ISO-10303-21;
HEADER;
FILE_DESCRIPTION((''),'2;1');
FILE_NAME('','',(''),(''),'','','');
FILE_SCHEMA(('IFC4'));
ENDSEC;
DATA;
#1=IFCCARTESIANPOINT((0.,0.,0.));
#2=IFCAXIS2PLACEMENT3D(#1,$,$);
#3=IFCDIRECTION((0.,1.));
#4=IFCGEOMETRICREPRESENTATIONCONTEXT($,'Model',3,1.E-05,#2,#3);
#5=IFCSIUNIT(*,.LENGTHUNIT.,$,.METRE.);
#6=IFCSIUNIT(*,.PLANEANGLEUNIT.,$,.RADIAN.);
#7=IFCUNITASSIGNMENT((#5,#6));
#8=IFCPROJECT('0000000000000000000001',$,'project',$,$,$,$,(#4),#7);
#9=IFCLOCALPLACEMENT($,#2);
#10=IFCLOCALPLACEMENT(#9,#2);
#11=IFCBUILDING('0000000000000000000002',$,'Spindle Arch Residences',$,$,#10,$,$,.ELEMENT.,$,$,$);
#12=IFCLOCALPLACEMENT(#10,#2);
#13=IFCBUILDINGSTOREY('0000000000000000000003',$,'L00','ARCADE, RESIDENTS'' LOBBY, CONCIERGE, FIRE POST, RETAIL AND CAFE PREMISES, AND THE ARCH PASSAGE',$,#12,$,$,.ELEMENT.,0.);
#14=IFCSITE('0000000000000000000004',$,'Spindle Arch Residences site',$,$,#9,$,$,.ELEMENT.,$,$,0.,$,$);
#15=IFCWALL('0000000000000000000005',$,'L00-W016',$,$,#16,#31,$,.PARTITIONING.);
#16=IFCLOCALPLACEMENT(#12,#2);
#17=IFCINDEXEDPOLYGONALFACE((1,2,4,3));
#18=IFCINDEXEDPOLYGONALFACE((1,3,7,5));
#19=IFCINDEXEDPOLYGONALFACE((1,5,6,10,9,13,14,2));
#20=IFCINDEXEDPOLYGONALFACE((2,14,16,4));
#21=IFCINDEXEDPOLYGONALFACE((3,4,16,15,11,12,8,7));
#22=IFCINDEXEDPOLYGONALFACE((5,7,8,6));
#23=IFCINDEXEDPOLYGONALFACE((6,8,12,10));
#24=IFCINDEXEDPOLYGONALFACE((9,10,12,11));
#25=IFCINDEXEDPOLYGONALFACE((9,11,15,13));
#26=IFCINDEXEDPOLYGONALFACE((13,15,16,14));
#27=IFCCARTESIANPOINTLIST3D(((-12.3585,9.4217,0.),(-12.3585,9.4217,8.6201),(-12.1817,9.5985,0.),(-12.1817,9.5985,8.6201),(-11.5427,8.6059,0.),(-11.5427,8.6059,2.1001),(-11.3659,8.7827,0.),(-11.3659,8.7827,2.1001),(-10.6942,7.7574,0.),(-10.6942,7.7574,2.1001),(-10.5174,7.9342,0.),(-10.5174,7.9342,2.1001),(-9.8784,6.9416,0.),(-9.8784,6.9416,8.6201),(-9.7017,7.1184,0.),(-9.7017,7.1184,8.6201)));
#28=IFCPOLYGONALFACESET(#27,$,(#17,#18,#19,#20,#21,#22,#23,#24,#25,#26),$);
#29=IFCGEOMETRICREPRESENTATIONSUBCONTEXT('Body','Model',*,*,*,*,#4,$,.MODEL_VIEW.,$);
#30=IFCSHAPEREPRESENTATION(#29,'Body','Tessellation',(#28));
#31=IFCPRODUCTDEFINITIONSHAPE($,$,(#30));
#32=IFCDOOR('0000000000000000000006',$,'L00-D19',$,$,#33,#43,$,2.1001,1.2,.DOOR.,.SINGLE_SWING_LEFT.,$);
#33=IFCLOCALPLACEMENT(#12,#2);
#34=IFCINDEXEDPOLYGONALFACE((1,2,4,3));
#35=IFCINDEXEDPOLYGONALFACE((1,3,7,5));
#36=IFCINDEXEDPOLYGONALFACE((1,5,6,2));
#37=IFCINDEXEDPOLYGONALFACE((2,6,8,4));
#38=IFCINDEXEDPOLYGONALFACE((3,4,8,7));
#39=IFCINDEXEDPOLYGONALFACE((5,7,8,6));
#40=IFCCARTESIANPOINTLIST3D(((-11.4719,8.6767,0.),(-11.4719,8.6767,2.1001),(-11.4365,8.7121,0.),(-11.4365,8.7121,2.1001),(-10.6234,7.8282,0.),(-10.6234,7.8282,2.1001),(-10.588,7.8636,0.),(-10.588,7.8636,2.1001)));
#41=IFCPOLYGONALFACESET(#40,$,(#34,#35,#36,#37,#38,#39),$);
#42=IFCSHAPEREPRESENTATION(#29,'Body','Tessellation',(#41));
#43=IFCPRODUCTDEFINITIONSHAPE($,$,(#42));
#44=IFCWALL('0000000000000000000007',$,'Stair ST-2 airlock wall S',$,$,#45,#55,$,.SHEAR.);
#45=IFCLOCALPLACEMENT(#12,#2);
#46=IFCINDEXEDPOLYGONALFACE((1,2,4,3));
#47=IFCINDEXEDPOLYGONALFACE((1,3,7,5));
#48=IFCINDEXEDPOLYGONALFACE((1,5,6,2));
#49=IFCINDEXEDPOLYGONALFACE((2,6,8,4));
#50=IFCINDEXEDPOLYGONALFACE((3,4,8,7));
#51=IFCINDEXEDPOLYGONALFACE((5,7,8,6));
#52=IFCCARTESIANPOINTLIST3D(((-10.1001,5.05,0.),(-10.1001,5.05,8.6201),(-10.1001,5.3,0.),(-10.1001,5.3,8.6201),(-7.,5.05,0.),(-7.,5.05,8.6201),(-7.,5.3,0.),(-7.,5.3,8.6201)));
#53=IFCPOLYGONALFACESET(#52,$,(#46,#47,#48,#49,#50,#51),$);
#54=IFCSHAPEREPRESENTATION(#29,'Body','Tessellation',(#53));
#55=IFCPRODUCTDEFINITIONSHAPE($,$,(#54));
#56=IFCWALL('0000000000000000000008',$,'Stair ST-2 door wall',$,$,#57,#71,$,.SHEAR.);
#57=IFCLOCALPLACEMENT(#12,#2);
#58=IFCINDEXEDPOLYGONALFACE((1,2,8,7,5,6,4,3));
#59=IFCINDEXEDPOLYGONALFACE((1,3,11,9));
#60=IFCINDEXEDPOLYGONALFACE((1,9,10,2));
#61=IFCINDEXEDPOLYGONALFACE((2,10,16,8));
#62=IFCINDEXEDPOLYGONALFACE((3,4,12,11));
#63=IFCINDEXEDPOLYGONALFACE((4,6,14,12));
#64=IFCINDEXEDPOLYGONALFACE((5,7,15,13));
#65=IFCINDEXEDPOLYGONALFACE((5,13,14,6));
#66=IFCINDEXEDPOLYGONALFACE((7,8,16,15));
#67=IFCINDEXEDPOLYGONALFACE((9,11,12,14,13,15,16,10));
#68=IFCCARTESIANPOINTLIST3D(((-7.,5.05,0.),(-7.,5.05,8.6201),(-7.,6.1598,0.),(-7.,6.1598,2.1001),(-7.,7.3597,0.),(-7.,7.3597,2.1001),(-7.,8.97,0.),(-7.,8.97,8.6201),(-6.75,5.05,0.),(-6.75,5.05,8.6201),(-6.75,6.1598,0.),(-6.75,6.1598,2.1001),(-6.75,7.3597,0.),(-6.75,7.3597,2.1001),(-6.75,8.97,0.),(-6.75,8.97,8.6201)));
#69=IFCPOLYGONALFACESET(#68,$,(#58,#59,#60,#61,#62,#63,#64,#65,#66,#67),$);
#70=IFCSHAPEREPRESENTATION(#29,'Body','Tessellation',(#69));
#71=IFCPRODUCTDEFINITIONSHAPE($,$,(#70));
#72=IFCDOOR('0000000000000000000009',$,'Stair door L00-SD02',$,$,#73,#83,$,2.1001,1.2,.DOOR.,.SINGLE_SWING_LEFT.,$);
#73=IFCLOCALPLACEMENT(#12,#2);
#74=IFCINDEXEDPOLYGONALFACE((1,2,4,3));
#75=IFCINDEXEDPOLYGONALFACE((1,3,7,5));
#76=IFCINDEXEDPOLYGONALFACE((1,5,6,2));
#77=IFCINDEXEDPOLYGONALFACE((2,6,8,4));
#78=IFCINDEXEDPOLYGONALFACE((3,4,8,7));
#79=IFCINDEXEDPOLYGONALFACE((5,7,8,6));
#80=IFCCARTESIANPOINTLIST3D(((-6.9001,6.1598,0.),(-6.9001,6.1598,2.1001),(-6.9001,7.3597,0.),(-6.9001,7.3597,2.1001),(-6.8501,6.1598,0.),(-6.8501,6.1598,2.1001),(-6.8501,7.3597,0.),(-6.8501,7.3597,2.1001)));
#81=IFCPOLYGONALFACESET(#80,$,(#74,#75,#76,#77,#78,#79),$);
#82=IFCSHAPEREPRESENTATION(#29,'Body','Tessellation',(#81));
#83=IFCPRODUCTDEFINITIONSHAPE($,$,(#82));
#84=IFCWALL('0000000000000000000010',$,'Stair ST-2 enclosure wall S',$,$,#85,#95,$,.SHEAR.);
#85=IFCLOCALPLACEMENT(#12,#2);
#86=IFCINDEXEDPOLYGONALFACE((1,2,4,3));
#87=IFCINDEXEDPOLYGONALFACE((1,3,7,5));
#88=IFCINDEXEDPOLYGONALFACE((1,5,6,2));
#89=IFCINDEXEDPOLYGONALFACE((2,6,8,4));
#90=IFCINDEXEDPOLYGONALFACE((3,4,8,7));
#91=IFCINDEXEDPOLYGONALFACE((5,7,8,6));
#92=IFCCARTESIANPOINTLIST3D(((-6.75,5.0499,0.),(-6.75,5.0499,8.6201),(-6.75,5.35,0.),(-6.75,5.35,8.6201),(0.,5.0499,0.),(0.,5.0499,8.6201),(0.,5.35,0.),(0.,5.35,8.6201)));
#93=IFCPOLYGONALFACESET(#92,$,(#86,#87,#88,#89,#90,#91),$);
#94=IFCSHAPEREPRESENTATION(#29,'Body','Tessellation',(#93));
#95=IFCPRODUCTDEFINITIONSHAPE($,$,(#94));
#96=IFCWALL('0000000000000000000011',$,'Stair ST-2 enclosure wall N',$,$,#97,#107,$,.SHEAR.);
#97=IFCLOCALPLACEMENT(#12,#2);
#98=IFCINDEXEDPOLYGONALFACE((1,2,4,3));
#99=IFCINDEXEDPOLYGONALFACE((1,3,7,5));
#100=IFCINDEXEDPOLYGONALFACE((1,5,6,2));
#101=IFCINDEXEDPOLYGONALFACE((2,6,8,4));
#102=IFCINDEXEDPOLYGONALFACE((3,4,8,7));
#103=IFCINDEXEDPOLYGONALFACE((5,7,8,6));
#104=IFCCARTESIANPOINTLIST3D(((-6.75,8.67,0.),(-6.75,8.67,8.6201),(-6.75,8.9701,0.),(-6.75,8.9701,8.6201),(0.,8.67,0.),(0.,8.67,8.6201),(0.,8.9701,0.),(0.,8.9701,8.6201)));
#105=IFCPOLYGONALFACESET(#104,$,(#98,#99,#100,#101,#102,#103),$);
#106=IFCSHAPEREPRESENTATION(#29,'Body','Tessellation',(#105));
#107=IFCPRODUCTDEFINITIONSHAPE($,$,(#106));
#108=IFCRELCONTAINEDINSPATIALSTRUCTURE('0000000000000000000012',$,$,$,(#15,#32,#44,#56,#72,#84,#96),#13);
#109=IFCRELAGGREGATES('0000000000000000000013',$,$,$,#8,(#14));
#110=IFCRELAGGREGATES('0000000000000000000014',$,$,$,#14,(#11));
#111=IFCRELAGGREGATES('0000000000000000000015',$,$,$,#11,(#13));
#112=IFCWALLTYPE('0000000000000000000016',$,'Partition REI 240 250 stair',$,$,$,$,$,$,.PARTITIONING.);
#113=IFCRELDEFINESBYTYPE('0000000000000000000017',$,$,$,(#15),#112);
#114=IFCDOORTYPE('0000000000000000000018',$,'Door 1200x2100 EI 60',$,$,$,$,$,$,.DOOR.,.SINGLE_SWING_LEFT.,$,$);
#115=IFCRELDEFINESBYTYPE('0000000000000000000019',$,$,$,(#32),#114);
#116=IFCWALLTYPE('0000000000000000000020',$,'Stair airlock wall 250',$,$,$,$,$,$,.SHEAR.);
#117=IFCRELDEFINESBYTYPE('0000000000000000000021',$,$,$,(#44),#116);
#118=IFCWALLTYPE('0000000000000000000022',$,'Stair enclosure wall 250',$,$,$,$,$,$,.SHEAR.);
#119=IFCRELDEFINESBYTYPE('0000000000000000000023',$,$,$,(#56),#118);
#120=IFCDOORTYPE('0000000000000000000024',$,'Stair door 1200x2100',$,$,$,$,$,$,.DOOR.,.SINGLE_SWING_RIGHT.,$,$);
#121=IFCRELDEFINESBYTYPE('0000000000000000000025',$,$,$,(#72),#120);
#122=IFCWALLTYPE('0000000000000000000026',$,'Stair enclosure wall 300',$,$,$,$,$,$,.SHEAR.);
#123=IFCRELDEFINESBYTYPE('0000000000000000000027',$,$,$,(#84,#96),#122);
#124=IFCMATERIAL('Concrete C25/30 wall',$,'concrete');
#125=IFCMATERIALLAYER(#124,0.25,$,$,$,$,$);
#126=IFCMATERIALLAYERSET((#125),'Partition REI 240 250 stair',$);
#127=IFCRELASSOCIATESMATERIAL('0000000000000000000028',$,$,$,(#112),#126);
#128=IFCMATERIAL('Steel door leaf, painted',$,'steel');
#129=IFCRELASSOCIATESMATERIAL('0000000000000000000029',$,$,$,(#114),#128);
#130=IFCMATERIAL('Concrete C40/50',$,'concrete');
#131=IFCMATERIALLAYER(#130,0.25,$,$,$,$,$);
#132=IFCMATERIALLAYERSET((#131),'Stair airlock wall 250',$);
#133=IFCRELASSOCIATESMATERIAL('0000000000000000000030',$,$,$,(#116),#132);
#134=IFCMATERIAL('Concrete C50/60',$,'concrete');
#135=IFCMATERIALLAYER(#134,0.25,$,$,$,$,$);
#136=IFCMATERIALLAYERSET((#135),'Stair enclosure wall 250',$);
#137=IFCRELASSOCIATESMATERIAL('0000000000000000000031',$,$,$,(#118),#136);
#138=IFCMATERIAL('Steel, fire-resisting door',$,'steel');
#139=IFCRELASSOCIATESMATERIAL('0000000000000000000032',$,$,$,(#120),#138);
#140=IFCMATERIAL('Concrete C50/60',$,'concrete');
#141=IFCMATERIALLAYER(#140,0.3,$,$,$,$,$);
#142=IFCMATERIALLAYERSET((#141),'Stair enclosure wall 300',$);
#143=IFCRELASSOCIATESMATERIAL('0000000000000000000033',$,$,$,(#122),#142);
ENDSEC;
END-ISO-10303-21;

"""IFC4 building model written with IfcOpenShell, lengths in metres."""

from ifc_helpers import new_model, si_unit, direction, frame, frame_2d, origin, place, context, subcontext, project, spatial, rectangle, extrude, material, layer, layer_set, type_object, element, fill, save


model = new_model("IFC4")

# Units and contexts
model_context = context("Model", 3, precision=1e-05, world=origin(), true_north=direction((0.0, 1.0)))
body_context = subcontext(model_context, "Body", "Model", "MODEL_VIEW")
ifc_project = project(units=[si_unit("LENGTHUNIT", "METRE"), si_unit("PLANEANGLEUNIT", "RADIAN")], contexts=[model_context])

# Site, building, storey
site_placement = place(None, origin())
site = spatial("IfcSite", under=ifc_project, at=site_placement, Name="Spindle Arch Residences site", CompositionType="ELEMENT", RefElevation=0.0)
building_placement = place(site_placement, origin())
building = spatial("IfcBuilding", under=site, at=building_placement, Name="Spindle Arch Residences", CompositionType="ELEMENT")
storey_placement = place(building_placement, origin())
storey = spatial("IfcBuildingStorey", under=building, at=storey_placement, Name="L00", Description="ARCADE, RESIDENTS' LOBBY, CONCIERGE, FIRE POST, RETAIL AND CAFE PREMISES, AND THE ARCH PASSAGE", CompositionType="ELEMENT", Elevation=0.0)

# Wall, opening, door
ifc_material_1 = material(Name="Concrete C25/30 wall", Category="concrete")
ifc_layer_1 = layer(ifc_material_1, 0.25)
ifc_layer_set_1 = layer_set([ifc_layer_1], Name="Partition REI 240 250 stair")
wall_type_1 = type_object("IfcWallType", Name="Partition REI 240 250 stair", PredefinedType="PARTITIONING", material=ifc_layer_set_1)
ifc_material_2 = material(Name="Steel door leaf, painted", Category="steel")
door_type_1 = type_object("IfcDoorType", Name="Door 1200x2100 EI 60", OperationType="SINGLE_SWING_LEFT", PredefinedType="DOOR", material=ifc_material_2)
wall_1_placement = place(storey_placement, frame((-9.79, 7.03, 0.0), z_axis=(0.0, 0.0, 1.0), x_axis=(-0.707107, 0.707107, 0.0)))
wall_1 = element("IfcWall", 1, at=wall_1_placement, inside=storey, type_object=wall_type_1, Name="L00-W016", PredefinedType="PARTITIONING", context=body_context, shape_type="SweptSolid", body=[
    extrude(rectangle(XDim=3.5073, YDim=0.25, at=frame_2d((1.7537, 0.0))), origin(), (0.0, 0.0, 1.0), 8.6201),
])
opening_1_placement = place(wall_1_placement, frame((1.1536, 0.0, 0.0)))
opening_1 = element("IfcOpeningElement", 2, at=opening_1_placement, cuts=wall_1, PredefinedType="OPENING", context=body_context, shape_type="SweptSolid", body=[
    extrude(rectangle(XDim=1.2, YDim=2.1001, at=frame_2d((0.6001, 1.05))), frame((0.0, 0.135, 0.0), z_axis=(0.0, -1.0, 0.0), x_axis=(1.0, 0.0, 0.0)), (0.0, 0.0, 1.0), 0.27),
])
door_1_placement = place(opening_1_placement, origin())
door_1 = element("IfcDoor", 3, at=door_1_placement, inside=storey, type_object=door_type_1, Name="L00-D19", OperationType="SINGLE_SWING_LEFT", OverallHeight=2.1001, OverallWidth=1.2, PredefinedType="DOOR", context=body_context, shape_type="SweptSolid", body=[
    extrude(rectangle(XDim=1.2, YDim=2.1001, at=frame_2d((0.6001, 1.05))), frame((0.0, 0.0249, 0.0), z_axis=(0.0, -1.0, 0.0), x_axis=(1.0, 0.0, 0.0)), (0.0, 0.0, 1.0), 0.05),
])
fill(opening_1, door_1)

# Wall
ifc_material_3 = material(Name="Concrete C40/50", Category="concrete")
ifc_layer_2 = layer(ifc_material_3, 0.25)
ifc_layer_set_2 = layer_set([ifc_layer_2], Name="Stair airlock wall 250")
wall_type_2 = type_object("IfcWallType", Name="Stair airlock wall 250", PredefinedType="SHEAR", material=ifc_layer_set_2)
wall_2_placement = place(storey_placement, frame((-7.0, 5.175, 0.0), z_axis=(0.0, 0.0, 1.0), x_axis=(-1.0, 0.0, 0.0)))
element("IfcWall", 4, at=wall_2_placement, inside=storey, type_object=wall_type_2, Name="Stair ST-2 airlock wall S", PredefinedType="SHEAR", context=body_context, shape_type="SweptSolid", body=[
    extrude(rectangle(XDim=3.1001, YDim=0.25, at=frame_2d((1.55, 0.0))), origin(), (0.0, 0.0, 1.0), 8.6201),
])

# Wall, opening, door
ifc_material_4 = material(Name="Concrete C50/60", Category="concrete")
ifc_layer_3 = layer(ifc_material_4, 0.25)
ifc_layer_set_3 = layer_set([ifc_layer_3], Name="Stair enclosure wall 250")
wall_type_3 = type_object("IfcWallType", Name="Stair enclosure wall 250", PredefinedType="SHEAR", material=ifc_layer_set_3)
wall_3_placement = place(storey_placement, frame((-6.875, 8.97, 0.0), z_axis=(0.0, 0.0, 1.0), x_axis=(0.0, -1.0, 0.0)))
wall_3 = element("IfcWall", 5, at=wall_3_placement, inside=storey, type_object=wall_type_3, Name="Stair ST-2 door wall", PredefinedType="SHEAR", context=body_context, shape_type="SweptSolid", body=[
    extrude(rectangle(XDim=3.9199, YDim=0.25, at=frame_2d((1.96, 0.0))), origin(), (0.0, 0.0, 1.0), 8.6201),
])
opening_2_placement = place(wall_3_placement, frame((1.6101, 0.0, 0.0)))
opening_2 = element("IfcOpeningElement", 6, at=opening_2_placement, cuts=wall_3, PredefinedType="OPENING", context=body_context, shape_type="SweptSolid", body=[
    extrude(rectangle(XDim=1.2, YDim=2.1001, at=frame_2d((0.6001, 1.05))), frame((0.0, 0.135, 0.0), z_axis=(0.0, -1.0, 0.0), x_axis=(1.0, 0.0, 0.0)), (0.0, 0.0, 1.0), 0.27),
])
ifc_material_5 = material(Name="Steel, fire-resisting door", Category="steel")
door_type_2 = type_object("IfcDoorType", Name="Stair door 1200x2100", OperationType="SINGLE_SWING_RIGHT", PredefinedType="DOOR", material=ifc_material_5)
door_2_placement = place(opening_2_placement, origin())
door_2 = element("IfcDoor", 7, at=door_2_placement, inside=storey, type_object=door_type_2, Name="Stair door L00-SD02", OperationType="SINGLE_SWING_LEFT", OverallHeight=2.1001, OverallWidth=1.2, PredefinedType="DOOR", context=body_context, shape_type="SweptSolid", body=[
    extrude(rectangle(XDim=1.2, YDim=2.1001, at=frame_2d((0.6001, 1.05))), frame((0.0, 0.0249, 0.0), z_axis=(0.0, -1.0, 0.0), x_axis=(1.0, 0.0, 0.0)), (0.0, 0.0, 1.0), 0.05),
])
fill(opening_2, door_2)

# Walls
ifc_material_6 = material(Name="Concrete C50/60", Category="concrete")
ifc_layer_4 = layer(ifc_material_6, 0.3)
ifc_layer_set_4 = layer_set([ifc_layer_4], Name="Stair enclosure wall 300")
wall_type_4 = type_object("IfcWallType", Name="Stair enclosure wall 300", PredefinedType="SHEAR", material=ifc_layer_set_4)
for number, where, z_axis, x_axis, name in (
    (8, (-6.75, 5.2, 0.0), (0.0, 0.0, 1.0), (1.0, 0.0, 0.0), "Stair ST-2 enclosure wall S"),
    (9, (-6.75, 8.8201, 0.0), (0.0, 0.0, 1.0), (1.0, 0.0, 0.0), "Stair ST-2 enclosure wall N"),
):
    element("IfcWall", number, at=place(storey_placement, frame(where, z_axis=z_axis, x_axis=x_axis)), inside=storey, type_object=wall_type_4, Name=name, PredefinedType="SHEAR", context=body_context, shape_type="SweptSolid", body=[
        extrude(rectangle(XDim=6.75, YDim=0.3, at=frame_2d((3.375, 0.0))), origin(), (0.0, 0.0, 1.0), 8.6201),
    ])

save(model, "model.ifc")
